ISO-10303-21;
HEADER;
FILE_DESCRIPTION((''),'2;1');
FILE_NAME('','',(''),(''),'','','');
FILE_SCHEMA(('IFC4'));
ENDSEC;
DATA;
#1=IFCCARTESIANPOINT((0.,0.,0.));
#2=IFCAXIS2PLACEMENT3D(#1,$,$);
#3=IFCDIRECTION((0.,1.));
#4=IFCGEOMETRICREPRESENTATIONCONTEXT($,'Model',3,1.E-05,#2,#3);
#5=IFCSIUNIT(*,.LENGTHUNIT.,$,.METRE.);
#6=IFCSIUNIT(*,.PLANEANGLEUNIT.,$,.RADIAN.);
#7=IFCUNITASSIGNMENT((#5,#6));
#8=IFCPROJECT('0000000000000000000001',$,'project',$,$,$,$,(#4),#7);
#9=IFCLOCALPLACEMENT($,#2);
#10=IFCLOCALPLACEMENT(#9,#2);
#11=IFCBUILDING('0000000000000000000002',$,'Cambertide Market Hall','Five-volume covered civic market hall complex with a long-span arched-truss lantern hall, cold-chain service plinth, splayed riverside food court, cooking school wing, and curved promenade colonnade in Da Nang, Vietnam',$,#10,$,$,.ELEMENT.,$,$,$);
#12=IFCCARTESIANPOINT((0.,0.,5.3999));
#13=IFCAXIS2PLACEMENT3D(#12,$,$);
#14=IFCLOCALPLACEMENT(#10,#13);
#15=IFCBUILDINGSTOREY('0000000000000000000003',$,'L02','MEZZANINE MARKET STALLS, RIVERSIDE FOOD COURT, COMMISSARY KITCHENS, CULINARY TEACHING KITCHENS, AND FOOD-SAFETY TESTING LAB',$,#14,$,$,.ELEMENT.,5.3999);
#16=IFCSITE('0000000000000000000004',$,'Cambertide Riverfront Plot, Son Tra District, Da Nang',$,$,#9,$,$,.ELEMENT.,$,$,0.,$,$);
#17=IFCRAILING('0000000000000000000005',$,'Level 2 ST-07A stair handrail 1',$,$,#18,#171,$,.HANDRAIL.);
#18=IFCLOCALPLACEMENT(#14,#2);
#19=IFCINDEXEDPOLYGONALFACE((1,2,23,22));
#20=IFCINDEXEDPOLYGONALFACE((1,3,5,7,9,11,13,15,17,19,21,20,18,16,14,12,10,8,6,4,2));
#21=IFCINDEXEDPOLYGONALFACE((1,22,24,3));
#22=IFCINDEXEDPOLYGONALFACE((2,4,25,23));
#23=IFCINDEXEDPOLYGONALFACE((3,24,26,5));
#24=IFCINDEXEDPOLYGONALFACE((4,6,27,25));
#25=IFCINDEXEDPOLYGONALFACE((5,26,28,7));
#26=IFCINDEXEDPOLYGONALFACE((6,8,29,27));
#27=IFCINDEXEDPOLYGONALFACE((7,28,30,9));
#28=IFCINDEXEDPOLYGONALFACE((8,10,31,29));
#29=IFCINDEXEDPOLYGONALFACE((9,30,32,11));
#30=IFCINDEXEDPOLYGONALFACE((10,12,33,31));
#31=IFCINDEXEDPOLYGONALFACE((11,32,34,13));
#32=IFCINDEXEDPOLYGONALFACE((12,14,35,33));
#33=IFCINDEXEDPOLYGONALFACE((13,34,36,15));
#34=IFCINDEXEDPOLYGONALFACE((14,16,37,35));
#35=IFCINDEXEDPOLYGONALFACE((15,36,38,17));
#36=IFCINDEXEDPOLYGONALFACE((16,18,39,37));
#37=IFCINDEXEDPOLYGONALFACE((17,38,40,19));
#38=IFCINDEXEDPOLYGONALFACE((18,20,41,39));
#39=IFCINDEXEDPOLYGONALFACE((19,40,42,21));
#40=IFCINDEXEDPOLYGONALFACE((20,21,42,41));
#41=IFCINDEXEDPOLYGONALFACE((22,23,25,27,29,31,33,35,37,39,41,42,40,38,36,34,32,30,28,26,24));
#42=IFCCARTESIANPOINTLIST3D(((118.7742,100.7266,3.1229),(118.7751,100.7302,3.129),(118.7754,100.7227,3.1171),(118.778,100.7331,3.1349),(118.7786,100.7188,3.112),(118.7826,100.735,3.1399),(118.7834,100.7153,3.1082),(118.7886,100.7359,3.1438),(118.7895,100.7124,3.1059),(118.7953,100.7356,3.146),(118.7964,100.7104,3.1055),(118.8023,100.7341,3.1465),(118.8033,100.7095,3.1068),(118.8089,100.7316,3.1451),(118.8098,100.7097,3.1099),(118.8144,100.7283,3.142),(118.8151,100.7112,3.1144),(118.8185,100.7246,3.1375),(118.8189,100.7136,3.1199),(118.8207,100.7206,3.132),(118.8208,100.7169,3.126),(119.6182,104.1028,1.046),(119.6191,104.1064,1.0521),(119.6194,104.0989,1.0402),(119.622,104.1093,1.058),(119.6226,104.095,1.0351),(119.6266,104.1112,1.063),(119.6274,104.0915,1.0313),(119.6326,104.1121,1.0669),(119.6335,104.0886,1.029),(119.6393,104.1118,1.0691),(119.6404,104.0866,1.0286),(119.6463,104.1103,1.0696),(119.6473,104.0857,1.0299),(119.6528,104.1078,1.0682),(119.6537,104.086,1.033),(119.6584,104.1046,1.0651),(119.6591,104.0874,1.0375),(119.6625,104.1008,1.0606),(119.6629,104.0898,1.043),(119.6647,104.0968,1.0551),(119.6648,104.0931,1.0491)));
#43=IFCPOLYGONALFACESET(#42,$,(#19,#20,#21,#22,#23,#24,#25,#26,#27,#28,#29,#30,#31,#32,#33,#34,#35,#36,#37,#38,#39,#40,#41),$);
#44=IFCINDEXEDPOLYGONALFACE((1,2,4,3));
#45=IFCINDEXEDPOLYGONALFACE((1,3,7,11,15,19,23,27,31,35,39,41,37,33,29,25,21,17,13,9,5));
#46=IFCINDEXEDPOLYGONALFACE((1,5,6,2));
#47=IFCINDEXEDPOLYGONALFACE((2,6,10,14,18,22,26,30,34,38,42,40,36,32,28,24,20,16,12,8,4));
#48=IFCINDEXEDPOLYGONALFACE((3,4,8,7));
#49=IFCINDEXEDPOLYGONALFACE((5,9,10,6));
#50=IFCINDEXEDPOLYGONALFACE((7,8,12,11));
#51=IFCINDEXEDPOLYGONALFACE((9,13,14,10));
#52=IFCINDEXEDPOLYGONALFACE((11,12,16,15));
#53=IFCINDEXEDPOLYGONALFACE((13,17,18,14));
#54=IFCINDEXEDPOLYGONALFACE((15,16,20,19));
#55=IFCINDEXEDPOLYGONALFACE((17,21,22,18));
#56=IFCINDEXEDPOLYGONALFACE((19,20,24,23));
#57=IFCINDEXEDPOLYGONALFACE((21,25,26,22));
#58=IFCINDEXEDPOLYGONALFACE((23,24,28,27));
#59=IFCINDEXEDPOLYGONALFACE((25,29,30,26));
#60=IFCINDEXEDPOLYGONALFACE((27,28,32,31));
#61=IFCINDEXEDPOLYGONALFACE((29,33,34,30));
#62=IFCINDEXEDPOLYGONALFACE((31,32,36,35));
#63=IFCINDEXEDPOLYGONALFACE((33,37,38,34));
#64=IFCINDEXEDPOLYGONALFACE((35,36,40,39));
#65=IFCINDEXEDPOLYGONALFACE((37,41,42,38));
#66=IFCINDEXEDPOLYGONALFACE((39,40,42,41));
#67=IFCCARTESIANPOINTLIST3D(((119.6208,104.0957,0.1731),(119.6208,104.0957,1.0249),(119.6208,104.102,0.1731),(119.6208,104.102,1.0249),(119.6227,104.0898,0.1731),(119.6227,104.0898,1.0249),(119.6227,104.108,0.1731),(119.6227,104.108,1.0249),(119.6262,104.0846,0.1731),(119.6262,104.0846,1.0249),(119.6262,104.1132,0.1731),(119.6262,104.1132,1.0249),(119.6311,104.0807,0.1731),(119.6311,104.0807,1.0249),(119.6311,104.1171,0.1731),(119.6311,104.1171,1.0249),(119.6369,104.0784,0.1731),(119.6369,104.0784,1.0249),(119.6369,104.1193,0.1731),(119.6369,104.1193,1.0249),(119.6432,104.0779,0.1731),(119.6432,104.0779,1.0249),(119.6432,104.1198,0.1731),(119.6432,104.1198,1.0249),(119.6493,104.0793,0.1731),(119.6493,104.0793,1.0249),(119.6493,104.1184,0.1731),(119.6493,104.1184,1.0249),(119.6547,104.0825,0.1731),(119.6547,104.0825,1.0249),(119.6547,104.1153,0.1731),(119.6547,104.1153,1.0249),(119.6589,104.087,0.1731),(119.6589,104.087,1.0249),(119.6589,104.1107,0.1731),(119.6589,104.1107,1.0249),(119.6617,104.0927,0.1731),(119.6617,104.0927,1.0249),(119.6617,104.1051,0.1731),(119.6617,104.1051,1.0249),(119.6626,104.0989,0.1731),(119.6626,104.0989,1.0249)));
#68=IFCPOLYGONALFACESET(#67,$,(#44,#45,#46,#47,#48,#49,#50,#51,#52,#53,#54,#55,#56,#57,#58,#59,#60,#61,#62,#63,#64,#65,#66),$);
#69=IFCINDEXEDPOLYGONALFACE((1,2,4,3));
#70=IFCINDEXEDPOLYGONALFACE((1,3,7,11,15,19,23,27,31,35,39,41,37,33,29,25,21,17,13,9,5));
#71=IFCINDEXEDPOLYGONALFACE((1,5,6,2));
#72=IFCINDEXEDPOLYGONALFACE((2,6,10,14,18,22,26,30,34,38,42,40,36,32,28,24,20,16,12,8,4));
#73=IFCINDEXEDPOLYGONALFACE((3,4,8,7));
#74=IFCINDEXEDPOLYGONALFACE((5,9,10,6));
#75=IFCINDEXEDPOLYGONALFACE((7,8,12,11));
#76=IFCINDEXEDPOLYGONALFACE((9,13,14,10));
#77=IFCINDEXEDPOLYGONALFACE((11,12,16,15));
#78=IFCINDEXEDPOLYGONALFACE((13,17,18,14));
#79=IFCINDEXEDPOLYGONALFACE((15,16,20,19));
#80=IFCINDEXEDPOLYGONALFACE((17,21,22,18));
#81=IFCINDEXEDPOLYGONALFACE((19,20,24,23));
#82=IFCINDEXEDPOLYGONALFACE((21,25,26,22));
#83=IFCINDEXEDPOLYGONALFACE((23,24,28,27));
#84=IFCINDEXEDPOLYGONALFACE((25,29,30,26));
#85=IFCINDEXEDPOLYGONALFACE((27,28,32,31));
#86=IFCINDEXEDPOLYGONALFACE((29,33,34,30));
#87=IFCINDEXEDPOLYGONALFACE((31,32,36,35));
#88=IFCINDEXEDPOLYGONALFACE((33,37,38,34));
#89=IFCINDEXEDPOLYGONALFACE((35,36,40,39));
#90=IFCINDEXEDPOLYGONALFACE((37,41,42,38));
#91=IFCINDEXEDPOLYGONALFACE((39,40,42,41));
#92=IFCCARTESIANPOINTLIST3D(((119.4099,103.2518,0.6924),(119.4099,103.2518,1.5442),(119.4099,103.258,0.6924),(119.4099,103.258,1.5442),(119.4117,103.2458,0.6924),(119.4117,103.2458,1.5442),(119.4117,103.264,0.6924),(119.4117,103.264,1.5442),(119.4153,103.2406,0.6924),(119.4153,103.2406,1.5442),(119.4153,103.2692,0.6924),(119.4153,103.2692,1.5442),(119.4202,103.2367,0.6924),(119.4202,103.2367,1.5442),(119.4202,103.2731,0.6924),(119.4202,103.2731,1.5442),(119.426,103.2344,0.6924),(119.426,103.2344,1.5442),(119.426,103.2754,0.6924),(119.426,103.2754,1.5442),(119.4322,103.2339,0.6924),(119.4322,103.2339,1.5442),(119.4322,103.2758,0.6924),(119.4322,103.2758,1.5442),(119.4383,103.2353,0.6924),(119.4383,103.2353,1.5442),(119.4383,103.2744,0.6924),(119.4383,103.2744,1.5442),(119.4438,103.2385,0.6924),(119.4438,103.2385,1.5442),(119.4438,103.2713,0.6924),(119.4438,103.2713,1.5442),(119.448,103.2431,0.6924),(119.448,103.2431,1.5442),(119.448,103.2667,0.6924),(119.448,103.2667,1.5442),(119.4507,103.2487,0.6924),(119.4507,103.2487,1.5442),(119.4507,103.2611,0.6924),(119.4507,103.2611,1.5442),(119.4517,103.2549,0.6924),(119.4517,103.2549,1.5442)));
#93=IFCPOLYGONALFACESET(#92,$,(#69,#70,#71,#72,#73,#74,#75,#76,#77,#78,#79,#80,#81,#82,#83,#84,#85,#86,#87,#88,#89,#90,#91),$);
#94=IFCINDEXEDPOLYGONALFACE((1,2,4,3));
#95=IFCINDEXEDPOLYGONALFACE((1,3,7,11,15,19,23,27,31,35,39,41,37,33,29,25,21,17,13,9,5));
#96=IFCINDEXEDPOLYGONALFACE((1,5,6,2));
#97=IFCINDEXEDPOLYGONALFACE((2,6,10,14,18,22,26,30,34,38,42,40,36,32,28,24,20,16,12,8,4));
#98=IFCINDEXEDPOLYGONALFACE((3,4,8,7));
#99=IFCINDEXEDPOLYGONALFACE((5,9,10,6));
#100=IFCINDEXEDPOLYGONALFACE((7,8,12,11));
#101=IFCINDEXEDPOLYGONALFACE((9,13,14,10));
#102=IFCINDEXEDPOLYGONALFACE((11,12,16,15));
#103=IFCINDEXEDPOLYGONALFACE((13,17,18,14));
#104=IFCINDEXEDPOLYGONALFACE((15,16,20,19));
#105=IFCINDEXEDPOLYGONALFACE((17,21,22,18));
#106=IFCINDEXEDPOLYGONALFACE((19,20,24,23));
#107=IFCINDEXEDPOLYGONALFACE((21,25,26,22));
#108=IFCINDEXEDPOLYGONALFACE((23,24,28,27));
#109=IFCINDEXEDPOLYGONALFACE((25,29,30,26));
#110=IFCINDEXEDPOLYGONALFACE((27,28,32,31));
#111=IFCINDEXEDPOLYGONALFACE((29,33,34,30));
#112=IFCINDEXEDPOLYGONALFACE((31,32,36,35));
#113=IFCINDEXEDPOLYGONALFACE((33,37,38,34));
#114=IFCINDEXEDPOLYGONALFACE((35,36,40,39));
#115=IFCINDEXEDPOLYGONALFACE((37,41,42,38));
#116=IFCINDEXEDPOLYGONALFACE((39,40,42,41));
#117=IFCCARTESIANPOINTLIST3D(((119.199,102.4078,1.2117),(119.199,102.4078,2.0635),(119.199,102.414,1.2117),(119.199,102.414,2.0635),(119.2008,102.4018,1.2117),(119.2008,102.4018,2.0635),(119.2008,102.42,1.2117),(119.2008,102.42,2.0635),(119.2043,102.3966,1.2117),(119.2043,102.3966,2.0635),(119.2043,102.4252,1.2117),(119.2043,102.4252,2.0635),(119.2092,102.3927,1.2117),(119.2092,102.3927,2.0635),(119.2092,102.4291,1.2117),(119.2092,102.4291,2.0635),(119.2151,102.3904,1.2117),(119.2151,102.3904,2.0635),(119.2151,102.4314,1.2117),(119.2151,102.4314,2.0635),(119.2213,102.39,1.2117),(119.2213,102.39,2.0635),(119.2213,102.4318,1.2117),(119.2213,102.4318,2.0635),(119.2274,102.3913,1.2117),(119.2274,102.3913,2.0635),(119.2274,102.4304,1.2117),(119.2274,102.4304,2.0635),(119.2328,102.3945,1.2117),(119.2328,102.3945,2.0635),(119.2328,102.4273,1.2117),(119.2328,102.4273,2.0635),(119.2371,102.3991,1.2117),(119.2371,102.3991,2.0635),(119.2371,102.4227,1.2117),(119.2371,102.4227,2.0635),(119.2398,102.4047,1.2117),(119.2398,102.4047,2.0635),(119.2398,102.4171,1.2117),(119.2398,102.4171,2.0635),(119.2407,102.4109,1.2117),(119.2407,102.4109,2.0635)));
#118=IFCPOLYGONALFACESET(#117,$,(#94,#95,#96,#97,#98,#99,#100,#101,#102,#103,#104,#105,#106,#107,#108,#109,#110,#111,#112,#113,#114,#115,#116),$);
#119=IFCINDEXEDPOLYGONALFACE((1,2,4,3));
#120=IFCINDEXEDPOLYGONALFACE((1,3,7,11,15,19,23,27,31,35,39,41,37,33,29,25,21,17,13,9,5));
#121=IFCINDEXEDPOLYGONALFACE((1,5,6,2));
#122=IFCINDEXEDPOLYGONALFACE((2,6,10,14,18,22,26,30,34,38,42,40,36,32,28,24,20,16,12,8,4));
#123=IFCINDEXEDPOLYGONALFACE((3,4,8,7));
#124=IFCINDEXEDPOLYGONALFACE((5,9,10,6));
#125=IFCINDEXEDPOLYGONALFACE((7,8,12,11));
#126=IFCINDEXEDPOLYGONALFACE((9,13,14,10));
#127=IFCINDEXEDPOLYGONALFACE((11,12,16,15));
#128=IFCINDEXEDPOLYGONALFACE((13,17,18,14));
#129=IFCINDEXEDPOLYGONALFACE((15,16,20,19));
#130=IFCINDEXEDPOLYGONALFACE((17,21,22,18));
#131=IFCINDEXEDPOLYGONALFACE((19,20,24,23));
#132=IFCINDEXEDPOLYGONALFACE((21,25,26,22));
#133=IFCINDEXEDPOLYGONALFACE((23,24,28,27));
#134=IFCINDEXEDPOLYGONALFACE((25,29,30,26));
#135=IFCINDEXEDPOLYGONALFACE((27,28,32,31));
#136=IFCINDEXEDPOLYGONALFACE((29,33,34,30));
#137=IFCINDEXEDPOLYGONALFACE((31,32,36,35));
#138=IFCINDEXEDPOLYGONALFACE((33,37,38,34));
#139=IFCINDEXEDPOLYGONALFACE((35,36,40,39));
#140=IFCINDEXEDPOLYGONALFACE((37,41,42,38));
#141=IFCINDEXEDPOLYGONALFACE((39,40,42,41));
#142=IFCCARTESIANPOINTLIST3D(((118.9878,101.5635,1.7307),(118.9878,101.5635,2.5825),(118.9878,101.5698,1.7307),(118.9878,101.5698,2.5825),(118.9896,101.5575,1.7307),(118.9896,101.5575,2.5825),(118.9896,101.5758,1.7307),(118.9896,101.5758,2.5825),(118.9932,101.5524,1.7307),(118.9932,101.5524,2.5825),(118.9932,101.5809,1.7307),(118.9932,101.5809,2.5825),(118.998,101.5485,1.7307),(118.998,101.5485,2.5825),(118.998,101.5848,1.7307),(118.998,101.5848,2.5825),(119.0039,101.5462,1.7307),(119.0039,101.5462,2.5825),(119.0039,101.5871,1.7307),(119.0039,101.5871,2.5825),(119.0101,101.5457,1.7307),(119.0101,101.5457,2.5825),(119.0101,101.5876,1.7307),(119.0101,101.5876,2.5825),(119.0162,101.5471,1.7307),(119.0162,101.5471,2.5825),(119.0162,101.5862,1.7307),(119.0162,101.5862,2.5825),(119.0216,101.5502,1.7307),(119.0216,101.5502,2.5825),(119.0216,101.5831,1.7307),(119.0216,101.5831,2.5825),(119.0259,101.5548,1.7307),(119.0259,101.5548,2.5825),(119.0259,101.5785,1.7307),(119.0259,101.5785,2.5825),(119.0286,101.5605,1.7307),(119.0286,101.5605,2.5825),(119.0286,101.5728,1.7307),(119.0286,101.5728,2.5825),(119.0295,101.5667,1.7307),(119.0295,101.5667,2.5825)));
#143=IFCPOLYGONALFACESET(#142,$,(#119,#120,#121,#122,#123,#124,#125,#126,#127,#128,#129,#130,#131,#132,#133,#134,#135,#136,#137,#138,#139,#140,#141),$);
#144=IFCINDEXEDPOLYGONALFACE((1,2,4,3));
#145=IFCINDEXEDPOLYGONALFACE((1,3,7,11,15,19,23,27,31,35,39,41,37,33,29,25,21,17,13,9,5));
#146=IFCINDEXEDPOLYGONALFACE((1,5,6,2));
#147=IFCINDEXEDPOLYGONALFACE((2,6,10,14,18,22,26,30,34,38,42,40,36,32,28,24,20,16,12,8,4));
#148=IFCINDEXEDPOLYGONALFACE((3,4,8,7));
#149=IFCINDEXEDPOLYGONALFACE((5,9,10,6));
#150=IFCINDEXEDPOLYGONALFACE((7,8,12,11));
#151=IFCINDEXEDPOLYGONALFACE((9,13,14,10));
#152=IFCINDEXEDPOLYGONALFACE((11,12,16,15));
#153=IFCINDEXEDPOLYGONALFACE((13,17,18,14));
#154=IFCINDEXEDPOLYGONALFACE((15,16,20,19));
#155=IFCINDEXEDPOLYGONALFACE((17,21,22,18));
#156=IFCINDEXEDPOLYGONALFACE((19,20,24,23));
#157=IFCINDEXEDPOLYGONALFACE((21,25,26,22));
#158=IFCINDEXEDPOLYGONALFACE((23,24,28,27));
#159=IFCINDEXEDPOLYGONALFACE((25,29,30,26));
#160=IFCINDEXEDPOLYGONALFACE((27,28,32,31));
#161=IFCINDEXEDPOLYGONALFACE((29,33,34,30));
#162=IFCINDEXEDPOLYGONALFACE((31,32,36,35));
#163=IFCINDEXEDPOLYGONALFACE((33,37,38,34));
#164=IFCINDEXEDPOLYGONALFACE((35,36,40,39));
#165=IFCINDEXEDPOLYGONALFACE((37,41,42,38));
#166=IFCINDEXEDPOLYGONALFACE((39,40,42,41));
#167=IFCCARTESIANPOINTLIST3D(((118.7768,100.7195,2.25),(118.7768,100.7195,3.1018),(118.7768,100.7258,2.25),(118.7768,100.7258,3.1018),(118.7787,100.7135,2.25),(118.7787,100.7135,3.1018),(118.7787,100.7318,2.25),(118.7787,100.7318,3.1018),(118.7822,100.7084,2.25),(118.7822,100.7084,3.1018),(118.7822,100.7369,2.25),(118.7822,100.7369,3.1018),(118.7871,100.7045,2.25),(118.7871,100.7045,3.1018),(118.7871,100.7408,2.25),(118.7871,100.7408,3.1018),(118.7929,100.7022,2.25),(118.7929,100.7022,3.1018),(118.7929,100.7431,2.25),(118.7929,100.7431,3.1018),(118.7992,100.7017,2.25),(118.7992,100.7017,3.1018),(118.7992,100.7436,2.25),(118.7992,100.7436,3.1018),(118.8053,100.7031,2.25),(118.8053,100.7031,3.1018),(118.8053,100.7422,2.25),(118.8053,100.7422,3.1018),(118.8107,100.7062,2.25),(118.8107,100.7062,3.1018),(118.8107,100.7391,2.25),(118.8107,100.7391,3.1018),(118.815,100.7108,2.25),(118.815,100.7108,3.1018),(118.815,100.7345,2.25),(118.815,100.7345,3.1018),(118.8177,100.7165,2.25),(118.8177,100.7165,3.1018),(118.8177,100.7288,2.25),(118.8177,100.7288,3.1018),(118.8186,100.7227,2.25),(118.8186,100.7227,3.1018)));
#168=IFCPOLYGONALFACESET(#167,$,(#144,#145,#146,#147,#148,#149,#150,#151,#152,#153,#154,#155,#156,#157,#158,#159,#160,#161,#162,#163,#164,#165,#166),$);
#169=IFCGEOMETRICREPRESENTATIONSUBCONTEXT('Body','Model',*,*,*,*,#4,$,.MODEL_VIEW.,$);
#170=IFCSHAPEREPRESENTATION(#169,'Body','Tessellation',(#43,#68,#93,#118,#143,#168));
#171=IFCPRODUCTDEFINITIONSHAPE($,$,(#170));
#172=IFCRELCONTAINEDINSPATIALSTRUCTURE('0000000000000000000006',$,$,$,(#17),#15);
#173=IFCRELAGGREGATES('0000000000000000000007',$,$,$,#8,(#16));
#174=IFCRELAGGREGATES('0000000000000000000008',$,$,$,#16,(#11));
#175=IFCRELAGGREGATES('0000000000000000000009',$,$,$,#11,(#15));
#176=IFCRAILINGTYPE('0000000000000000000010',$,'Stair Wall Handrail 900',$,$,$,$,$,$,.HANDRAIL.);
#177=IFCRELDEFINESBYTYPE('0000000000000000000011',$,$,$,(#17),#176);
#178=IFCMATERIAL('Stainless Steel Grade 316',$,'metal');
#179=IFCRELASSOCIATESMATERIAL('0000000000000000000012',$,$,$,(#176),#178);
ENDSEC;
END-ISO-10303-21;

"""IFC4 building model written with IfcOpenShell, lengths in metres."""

from ifc_helpers import new_model, si_unit, direction, frame, origin, origin_2d, place, context, subcontext, project, spatial, circle, extrude, material, type_object, element, save


model = new_model("IFC4")

# Units and contexts
model_context = context("Model", 3, precision=1e-05, world=origin(), true_north=direction((0.0, 1.0)))
body_context = subcontext(model_context, "Body", "Model", "MODEL_VIEW")
ifc_project = project(units=[si_unit("LENGTHUNIT", "METRE"), si_unit("PLANEANGLEUNIT", "RADIAN")], contexts=[model_context])

# Site, building, storey
site_placement = place(None, origin())
site = spatial("IfcSite", under=ifc_project, at=site_placement, Name="Cambertide Riverfront Plot, Son Tra District, Da Nang", CompositionType="ELEMENT", RefElevation=0.0)
building_placement = place(site_placement, origin())
building = spatial("IfcBuilding", under=site, at=building_placement, Name="Cambertide Market Hall", Description="Five-volume covered civic market hall complex with a long-span arched-truss lantern hall, cold-chain service plinth, splayed riverside food court, cooking school wing, and curved promenade colonnade in Da Nang, Vietnam", CompositionType="ELEMENT")
storey_placement = place(building_placement, frame((0.0, 0.0, 5.3999)))
storey = spatial("IfcBuildingStorey", under=building, at=storey_placement, Name="L02", Description="MEZZANINE MARKET STALLS, RIVERSIDE FOOD COURT, COMMISSARY KITCHENS, CULINARY TEACHING KITCHENS, AND FOOD-SAFETY TESTING LAB", CompositionType="ELEMENT", Elevation=5.3999)

# Railing
ifc_material_1 = material(Name="Stainless Steel Grade 316", Category="metal")
railing_type_1 = type_object("IfcRailingType", Name="Stair Wall Handrail 900", PredefinedType="HANDRAIL", material=ifc_material_1)
railing_1_placement = place(storey_placement, frame((119.6416, 104.0989, 0.1731)))
element("IfcRailing", 1, at=railing_1_placement, inside=storey, type_object=railing_type_1, Name="Level 2 ST-07A stair handrail 1", PredefinedType="HANDRAIL", context=body_context, shape_type="SweptSolid", body=[
    extrude(circle(Radius=0.0239, at=origin_2d()), frame((0.0, 0.0, 0.876), z_axis=(-0.208253, -0.833071, 0.512469), x_axis=(0.970147, -0.242519, 0.0)), (0.0, 0.0, 1.0), 4.0527),
    extrude(circle(Radius=0.021, at=origin_2d()), origin(), (0.0, 0.0, 1.0), 0.8518),
    extrude(circle(Radius=0.021, at=origin_2d()), frame((-0.2109, -0.844, 0.5193)), (0.0, 0.0, 1.0), 0.8518),
    extrude(circle(Radius=0.021, at=origin_2d()), frame((-0.4219, -1.688, 1.0386)), (0.0, 0.0, 1.0), 0.8518),
    extrude(circle(Radius=0.021, at=origin_2d()), frame((-0.6331, -2.5322, 1.5576)), (0.0, 0.0, 1.0), 0.8518),
    extrude(circle(Radius=0.021, at=origin_2d()), frame((-0.844, -3.3762, 2.0769)), (0.0, 0.0, 1.0), 0.8518),
])

save(model, "model.ifc")
